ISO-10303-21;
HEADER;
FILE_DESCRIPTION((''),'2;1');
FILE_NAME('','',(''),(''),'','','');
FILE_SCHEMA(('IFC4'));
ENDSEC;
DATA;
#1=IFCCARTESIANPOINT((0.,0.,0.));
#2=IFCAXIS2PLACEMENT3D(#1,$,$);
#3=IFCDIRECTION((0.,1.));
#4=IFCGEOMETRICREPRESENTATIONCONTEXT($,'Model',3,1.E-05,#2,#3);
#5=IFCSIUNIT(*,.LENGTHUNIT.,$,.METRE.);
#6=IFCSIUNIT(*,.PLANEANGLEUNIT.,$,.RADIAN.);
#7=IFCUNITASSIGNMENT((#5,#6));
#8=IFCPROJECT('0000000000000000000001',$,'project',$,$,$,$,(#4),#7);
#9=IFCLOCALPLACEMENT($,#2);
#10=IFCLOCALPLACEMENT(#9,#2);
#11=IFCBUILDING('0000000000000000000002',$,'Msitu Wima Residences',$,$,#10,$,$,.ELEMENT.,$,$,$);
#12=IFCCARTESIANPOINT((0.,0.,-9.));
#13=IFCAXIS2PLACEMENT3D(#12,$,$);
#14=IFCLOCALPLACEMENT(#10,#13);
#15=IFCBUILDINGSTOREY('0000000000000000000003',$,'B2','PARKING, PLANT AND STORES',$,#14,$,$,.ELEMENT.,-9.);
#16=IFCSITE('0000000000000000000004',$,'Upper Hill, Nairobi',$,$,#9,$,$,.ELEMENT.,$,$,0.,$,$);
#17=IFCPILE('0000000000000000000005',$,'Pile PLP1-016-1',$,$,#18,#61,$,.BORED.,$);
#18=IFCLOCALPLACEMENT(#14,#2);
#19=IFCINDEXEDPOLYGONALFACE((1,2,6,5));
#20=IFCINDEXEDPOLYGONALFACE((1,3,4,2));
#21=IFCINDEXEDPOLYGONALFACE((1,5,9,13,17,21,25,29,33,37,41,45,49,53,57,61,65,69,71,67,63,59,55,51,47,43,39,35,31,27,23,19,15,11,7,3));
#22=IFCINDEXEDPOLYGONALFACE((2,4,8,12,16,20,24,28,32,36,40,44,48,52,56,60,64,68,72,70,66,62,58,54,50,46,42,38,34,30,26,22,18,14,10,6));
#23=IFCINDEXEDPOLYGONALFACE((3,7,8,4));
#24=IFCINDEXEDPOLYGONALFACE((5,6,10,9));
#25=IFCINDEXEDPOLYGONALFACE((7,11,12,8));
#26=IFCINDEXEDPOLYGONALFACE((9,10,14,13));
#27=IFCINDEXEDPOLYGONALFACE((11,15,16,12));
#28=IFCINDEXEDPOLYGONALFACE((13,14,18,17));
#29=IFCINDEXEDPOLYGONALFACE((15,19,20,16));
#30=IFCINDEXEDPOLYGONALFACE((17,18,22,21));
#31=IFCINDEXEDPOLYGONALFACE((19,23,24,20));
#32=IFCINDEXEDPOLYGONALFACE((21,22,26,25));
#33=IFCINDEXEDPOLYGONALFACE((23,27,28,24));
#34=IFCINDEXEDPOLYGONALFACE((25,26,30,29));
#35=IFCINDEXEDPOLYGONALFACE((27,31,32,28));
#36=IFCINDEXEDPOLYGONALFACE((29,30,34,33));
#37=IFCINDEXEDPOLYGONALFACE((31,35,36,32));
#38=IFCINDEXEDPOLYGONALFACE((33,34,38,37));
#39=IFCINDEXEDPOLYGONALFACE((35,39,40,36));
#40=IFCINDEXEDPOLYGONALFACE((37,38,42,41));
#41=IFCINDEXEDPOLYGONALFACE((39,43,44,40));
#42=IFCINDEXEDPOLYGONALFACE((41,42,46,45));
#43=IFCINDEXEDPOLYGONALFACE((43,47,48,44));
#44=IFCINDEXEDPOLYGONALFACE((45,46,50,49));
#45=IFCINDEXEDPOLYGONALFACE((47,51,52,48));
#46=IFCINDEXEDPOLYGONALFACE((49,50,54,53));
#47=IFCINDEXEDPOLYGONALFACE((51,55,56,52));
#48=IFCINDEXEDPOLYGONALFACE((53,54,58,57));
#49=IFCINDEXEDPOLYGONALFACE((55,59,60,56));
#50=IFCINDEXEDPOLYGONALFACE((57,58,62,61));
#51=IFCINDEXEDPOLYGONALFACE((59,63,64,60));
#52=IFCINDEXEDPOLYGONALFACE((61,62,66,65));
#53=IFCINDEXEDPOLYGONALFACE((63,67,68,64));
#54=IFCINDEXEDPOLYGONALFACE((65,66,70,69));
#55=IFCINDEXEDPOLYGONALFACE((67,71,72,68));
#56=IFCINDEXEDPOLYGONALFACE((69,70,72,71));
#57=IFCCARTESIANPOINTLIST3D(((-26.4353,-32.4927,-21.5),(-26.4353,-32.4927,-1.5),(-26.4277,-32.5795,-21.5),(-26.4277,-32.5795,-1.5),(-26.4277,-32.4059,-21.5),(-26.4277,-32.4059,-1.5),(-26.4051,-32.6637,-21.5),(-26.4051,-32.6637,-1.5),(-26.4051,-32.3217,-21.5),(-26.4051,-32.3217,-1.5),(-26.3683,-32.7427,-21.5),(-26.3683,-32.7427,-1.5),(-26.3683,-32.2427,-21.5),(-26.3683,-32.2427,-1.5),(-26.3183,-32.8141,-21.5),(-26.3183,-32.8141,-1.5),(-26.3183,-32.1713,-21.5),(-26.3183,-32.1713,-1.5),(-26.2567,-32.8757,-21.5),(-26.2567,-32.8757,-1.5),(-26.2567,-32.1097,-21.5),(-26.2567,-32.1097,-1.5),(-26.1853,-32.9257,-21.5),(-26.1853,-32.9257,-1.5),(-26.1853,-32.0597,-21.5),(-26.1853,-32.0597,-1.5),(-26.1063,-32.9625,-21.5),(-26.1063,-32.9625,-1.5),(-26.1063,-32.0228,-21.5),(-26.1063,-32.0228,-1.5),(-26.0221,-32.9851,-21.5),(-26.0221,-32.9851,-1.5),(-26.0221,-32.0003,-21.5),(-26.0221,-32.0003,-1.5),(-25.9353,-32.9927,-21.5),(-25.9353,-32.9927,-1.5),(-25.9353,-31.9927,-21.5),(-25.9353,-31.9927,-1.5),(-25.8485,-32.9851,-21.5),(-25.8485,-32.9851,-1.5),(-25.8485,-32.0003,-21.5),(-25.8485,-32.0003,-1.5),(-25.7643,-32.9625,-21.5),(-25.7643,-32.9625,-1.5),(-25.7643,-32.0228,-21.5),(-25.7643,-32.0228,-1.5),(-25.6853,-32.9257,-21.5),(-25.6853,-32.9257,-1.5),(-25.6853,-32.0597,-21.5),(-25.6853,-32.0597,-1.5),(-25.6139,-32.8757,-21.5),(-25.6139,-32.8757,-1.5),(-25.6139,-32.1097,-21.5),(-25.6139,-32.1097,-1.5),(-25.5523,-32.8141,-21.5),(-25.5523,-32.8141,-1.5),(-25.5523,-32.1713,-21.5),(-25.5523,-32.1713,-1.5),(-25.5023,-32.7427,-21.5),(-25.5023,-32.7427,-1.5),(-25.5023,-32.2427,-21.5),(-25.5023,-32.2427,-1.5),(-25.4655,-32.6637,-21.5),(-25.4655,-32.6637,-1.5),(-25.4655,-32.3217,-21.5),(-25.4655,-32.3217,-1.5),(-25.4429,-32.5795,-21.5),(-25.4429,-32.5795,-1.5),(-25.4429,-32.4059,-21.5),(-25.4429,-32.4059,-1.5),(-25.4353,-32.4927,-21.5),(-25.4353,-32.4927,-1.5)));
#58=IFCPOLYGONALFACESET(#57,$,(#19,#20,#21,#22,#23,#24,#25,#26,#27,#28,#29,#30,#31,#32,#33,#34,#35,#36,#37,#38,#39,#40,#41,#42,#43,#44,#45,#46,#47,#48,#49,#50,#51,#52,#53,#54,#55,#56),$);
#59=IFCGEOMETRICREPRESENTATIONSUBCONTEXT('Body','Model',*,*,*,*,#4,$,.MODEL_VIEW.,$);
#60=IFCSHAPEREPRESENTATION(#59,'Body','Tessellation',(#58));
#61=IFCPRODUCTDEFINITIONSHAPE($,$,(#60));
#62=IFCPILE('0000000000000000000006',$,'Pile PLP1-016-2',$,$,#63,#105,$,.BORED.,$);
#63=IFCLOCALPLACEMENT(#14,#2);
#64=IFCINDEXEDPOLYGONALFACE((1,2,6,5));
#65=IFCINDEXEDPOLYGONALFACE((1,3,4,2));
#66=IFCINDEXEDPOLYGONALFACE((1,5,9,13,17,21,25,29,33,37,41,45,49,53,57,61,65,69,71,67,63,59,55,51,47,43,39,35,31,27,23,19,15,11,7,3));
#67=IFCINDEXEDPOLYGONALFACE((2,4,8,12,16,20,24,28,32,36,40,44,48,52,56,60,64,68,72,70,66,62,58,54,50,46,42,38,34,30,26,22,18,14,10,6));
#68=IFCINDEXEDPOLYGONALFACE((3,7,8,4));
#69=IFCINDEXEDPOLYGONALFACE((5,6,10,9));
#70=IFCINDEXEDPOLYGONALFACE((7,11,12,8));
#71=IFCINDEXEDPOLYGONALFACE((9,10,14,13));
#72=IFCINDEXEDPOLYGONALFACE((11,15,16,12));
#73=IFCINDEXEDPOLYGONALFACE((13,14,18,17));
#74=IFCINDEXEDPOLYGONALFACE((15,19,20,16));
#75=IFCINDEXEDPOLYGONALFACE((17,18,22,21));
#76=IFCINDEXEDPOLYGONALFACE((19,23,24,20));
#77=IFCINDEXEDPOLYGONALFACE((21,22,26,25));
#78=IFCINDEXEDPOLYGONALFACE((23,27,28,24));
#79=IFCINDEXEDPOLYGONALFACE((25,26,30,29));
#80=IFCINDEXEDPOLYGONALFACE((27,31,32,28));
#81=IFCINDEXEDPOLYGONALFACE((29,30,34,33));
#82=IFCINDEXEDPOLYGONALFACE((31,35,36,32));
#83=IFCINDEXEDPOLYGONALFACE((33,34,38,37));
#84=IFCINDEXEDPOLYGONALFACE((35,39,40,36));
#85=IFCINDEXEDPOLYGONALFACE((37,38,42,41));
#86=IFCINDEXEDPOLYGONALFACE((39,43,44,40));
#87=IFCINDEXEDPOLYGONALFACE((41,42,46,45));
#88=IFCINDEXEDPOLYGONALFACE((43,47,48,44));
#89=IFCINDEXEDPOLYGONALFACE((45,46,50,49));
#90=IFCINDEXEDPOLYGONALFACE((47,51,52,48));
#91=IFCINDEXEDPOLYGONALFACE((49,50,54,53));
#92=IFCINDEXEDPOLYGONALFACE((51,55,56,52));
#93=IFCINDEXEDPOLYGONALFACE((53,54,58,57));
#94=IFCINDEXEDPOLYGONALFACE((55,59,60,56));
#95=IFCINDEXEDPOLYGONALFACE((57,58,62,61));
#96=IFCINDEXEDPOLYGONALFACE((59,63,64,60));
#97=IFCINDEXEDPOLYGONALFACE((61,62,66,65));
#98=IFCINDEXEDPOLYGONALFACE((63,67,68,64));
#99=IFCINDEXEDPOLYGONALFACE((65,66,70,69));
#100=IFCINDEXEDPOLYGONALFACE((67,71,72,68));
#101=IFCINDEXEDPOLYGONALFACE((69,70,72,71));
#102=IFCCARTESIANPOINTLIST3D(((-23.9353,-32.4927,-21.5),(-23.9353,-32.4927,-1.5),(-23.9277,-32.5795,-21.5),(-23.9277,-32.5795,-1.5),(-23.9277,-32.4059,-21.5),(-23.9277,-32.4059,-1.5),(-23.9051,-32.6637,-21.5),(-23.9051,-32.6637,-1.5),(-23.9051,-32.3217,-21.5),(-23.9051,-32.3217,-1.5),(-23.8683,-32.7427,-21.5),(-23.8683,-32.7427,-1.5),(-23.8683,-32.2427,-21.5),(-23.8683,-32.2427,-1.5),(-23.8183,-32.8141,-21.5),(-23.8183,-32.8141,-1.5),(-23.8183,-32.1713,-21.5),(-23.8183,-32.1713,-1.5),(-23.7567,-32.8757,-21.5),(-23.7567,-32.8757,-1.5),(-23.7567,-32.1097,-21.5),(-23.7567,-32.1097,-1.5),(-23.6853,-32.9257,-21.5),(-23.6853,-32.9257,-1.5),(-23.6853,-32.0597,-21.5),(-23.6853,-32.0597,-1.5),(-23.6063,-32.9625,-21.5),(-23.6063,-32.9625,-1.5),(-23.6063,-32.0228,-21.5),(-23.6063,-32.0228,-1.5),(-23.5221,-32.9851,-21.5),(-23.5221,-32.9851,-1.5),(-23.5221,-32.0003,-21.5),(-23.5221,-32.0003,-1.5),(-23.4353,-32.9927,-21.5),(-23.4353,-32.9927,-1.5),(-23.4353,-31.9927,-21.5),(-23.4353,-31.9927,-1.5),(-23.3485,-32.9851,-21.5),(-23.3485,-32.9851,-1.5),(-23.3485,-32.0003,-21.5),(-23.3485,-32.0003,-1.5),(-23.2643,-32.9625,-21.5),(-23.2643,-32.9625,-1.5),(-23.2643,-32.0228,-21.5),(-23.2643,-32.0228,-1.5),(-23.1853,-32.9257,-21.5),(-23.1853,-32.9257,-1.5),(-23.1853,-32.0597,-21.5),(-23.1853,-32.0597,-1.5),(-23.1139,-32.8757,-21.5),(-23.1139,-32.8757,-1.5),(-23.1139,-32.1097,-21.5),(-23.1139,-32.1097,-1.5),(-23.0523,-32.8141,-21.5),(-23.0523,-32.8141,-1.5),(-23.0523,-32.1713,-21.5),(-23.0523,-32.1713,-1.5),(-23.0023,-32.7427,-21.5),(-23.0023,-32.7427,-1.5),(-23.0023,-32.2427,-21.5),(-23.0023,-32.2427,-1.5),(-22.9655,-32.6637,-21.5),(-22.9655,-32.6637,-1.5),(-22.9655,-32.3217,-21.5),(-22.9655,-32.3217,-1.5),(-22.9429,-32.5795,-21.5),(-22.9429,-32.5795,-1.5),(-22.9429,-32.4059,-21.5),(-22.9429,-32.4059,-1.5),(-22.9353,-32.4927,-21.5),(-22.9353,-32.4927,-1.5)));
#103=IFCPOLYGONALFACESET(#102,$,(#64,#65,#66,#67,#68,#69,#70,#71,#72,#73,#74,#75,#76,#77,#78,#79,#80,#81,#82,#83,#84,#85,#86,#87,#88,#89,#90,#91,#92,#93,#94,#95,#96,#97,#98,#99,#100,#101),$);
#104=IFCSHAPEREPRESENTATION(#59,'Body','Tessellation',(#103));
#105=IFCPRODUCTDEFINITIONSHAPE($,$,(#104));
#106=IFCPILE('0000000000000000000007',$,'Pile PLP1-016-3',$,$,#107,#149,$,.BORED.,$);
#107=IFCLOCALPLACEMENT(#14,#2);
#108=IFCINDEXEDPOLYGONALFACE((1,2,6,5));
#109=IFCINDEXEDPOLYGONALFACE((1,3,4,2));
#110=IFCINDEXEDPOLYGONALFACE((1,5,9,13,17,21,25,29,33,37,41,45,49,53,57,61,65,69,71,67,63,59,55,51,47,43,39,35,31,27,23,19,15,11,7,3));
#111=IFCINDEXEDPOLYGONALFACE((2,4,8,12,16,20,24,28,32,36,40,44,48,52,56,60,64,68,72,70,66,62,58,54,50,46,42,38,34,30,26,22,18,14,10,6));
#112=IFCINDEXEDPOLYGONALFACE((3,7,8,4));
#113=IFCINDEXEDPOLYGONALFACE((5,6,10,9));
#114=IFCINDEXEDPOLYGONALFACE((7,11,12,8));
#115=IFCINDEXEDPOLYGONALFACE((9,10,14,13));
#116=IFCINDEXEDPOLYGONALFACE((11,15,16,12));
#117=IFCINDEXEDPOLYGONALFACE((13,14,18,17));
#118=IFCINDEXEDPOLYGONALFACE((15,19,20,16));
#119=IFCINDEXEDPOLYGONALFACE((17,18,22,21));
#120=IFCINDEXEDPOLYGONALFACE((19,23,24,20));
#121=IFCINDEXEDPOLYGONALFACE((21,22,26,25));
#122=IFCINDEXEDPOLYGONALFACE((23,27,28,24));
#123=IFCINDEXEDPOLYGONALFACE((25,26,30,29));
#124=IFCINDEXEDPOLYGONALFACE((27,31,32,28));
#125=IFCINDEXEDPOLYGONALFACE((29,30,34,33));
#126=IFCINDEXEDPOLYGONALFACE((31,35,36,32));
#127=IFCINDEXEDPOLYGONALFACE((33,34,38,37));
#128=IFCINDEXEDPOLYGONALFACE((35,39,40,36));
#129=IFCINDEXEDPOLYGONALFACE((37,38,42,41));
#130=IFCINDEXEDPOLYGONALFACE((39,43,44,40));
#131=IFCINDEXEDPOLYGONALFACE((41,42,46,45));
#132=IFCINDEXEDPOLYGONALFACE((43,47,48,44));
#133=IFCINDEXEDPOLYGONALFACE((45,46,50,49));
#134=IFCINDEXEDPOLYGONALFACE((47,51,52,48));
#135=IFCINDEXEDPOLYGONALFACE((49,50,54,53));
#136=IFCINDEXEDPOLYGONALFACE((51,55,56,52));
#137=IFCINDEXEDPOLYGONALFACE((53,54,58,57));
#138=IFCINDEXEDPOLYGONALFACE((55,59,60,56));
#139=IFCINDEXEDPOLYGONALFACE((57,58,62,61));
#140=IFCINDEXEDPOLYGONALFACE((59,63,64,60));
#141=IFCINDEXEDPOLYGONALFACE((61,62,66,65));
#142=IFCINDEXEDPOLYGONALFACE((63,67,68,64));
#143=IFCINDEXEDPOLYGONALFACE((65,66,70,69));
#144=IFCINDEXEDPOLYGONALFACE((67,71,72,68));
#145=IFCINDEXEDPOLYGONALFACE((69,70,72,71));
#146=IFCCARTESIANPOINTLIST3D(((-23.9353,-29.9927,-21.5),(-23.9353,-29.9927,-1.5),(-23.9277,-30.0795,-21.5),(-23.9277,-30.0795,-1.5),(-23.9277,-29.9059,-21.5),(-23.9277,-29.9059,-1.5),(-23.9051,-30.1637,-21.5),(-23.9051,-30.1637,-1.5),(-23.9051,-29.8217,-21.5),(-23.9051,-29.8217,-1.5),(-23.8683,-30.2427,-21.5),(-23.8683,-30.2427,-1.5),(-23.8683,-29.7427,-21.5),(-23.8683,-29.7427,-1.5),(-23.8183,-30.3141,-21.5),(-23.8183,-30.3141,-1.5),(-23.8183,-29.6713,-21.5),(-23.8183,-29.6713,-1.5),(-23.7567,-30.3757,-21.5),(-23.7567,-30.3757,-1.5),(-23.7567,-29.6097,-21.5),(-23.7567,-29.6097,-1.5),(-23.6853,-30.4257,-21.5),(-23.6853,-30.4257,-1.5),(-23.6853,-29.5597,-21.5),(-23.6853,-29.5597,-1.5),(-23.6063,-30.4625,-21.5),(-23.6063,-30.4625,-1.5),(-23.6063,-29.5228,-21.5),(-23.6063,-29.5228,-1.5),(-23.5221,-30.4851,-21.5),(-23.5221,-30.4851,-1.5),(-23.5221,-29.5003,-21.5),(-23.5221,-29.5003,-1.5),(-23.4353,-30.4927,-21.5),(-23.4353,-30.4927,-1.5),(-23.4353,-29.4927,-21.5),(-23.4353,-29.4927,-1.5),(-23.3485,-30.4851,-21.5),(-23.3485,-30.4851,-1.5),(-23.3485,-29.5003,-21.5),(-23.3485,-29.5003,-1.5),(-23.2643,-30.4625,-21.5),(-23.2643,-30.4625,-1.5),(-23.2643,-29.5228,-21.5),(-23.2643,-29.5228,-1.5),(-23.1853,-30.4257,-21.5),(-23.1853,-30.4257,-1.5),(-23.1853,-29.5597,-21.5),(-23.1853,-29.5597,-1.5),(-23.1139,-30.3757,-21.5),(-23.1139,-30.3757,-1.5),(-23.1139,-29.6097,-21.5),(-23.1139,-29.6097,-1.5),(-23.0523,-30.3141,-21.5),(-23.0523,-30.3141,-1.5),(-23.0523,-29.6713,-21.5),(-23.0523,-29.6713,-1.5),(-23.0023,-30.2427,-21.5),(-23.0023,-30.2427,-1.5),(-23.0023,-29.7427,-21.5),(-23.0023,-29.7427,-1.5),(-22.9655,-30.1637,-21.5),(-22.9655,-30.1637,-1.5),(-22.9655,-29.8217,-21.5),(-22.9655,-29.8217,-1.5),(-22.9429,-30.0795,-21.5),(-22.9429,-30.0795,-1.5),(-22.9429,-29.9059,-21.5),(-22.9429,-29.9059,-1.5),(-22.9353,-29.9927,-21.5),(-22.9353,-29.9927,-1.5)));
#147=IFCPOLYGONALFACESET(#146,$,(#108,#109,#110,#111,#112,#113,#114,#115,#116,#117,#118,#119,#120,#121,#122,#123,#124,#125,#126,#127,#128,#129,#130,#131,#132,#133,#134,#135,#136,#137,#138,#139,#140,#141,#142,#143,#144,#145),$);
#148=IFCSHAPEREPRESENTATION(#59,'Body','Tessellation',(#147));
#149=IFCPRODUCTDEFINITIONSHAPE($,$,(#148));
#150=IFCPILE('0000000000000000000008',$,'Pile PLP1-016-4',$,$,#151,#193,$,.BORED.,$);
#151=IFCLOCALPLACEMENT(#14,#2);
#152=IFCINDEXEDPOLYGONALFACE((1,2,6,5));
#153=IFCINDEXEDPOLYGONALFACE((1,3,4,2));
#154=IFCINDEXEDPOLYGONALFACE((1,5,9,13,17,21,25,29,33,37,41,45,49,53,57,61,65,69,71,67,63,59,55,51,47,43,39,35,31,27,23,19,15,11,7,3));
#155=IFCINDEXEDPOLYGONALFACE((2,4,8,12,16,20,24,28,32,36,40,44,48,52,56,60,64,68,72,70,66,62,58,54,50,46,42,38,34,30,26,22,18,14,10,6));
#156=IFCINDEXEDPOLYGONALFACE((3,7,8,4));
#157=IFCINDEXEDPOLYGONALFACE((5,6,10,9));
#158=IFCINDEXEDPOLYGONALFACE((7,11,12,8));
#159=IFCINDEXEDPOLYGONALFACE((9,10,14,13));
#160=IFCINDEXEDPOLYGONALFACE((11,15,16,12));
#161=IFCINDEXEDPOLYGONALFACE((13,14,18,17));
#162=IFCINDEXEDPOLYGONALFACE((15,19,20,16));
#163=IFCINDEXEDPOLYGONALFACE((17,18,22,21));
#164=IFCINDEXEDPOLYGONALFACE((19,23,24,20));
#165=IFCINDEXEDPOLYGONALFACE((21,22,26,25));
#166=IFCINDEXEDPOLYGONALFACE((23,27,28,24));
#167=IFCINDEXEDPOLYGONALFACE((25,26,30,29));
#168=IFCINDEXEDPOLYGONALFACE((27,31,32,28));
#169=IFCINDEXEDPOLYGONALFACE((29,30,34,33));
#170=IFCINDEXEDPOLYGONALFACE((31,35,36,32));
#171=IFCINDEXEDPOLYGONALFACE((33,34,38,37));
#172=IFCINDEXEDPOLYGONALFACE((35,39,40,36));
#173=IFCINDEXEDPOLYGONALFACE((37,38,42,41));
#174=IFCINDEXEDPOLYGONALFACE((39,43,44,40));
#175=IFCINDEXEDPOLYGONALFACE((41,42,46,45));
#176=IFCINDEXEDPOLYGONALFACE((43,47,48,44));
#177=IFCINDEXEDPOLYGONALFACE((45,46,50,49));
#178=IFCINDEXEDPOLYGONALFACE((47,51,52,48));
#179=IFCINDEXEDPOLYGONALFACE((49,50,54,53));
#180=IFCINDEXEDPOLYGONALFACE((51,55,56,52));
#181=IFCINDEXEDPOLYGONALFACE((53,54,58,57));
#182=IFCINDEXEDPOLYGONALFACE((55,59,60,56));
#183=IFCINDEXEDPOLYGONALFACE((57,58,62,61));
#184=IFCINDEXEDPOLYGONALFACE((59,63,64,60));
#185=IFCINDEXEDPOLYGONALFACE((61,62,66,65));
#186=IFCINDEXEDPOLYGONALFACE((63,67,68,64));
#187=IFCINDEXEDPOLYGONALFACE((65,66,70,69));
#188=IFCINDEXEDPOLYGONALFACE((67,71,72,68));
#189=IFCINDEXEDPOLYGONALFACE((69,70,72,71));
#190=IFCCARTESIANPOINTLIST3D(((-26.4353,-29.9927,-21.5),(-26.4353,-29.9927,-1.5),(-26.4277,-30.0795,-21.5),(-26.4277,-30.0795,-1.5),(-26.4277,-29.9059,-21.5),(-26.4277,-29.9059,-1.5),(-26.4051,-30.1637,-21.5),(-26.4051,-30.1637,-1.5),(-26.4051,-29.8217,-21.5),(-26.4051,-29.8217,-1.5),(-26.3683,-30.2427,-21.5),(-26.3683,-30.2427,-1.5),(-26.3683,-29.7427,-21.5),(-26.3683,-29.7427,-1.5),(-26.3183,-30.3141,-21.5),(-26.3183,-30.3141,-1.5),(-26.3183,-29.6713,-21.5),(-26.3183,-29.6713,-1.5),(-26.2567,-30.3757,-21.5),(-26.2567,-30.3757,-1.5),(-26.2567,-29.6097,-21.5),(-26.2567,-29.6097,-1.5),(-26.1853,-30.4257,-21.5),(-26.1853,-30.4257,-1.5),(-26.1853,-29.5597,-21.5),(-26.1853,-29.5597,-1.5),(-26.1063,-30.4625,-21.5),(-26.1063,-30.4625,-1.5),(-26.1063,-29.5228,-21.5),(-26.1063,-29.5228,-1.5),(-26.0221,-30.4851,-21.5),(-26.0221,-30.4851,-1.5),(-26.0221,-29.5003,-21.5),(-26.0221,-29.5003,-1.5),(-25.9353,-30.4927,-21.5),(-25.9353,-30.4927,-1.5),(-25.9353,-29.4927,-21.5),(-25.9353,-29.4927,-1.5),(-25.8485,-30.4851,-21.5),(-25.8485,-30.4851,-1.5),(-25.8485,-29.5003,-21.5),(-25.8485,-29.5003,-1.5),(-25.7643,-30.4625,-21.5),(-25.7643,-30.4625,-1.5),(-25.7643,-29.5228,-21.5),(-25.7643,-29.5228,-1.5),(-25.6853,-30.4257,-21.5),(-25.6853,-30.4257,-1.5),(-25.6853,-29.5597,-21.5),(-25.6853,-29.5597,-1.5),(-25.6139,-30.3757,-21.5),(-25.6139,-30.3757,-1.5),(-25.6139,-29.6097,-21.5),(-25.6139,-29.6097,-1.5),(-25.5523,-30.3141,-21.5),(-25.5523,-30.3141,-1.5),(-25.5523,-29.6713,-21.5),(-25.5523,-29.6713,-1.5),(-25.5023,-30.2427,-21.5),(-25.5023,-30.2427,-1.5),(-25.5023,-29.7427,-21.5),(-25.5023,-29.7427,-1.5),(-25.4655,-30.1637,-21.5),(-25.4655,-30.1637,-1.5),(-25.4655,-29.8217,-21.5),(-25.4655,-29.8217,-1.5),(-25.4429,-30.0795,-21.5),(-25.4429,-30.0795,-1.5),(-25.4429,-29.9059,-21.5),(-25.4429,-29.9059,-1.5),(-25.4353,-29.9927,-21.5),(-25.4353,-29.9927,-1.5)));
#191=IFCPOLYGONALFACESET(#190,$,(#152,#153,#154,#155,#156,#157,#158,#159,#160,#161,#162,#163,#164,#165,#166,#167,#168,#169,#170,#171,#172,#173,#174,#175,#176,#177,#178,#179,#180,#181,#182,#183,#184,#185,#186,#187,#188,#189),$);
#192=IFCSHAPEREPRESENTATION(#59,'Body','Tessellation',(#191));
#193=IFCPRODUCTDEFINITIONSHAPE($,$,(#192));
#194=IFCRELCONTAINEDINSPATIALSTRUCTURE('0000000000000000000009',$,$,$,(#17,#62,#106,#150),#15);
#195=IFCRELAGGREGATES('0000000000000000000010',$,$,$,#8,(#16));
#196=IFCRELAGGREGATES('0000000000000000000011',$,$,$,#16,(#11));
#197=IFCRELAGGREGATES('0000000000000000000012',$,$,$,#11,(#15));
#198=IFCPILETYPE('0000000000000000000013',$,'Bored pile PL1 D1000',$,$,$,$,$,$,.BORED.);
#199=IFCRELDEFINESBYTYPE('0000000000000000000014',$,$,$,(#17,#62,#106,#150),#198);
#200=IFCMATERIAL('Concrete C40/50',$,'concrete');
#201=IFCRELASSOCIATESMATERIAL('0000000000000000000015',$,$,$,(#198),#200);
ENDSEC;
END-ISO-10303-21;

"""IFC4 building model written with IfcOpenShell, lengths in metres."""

from ifc_helpers import new_model, si_unit, direction, frame, origin, origin_2d, place, context, subcontext, project, spatial, circle, extrude, material, type_object, element, save


model = new_model("IFC4")

# Units and contexts
model_context = context("Model", 3, precision=1e-05, world=origin(), true_north=direction((0.0, 1.0)))
body_context = subcontext(model_context, "Body", "Model", "MODEL_VIEW")
ifc_project = project(units=[si_unit("LENGTHUNIT", "METRE"), si_unit("PLANEANGLEUNIT", "RADIAN")], contexts=[model_context])

# Site, building, storey
site_placement = place(None, origin())
site = spatial("IfcSite", under=ifc_project, at=site_placement, Name="Upper Hill, Nairobi", CompositionType="ELEMENT", RefElevation=0.0)
building_placement = place(site_placement, origin())
building = spatial("IfcBuilding", under=site, at=building_placement, Name="Msitu Wima Residences", CompositionType="ELEMENT")
storey_placement = place(building_placement, frame((0.0, 0.0, -9.0)))
storey = spatial("IfcBuildingStorey", under=building, at=storey_placement, Name="B2", Description="PARKING, PLANT AND STORES", CompositionType="ELEMENT", Elevation=-9.0)

# Piles
ifc_material_1 = material(Name="Concrete C40/50", Category="concrete")
pile_type_1 = type_object("IfcPileType", Name="Bored pile PL1 D1000", PredefinedType="BORED", material=ifc_material_1)
for number, where, z_axis, x_axis, name in (
    (1, (-25.9353, -32.4927, -1.5), (0.0, 0.0, -1.0), (1.0, 0.0, 0.0), "Pile PLP1-016-1"),
    (2, (-23.4353, -32.4927, -1.5), (0.0, 0.0, -1.0), (1.0, 0.0, 0.0), "Pile PLP1-016-2"),
    (3, (-23.4353, -29.9927, -1.5), (0.0, 0.0, -1.0), (1.0, 0.0, 0.0), "Pile PLP1-016-3"),
    (4, (-25.9353, -29.9927, -1.5), (0.0, 0.0, -1.0), (1.0, 0.0, 0.0), "Pile PLP1-016-4"),
):
    element("IfcPile", number, at=place(storey_placement, frame(where, z_axis=z_axis, x_axis=x_axis)), inside=storey, type_object=pile_type_1, Name=name, PredefinedType="BORED", context=body_context, shape_type="SweptSolid", body=[
        extrude(circle(Radius=0.5, at=origin_2d()), origin(), (0.0, 0.0, 1.0), 20.0),
    ])

save(model, "model.ifc")
